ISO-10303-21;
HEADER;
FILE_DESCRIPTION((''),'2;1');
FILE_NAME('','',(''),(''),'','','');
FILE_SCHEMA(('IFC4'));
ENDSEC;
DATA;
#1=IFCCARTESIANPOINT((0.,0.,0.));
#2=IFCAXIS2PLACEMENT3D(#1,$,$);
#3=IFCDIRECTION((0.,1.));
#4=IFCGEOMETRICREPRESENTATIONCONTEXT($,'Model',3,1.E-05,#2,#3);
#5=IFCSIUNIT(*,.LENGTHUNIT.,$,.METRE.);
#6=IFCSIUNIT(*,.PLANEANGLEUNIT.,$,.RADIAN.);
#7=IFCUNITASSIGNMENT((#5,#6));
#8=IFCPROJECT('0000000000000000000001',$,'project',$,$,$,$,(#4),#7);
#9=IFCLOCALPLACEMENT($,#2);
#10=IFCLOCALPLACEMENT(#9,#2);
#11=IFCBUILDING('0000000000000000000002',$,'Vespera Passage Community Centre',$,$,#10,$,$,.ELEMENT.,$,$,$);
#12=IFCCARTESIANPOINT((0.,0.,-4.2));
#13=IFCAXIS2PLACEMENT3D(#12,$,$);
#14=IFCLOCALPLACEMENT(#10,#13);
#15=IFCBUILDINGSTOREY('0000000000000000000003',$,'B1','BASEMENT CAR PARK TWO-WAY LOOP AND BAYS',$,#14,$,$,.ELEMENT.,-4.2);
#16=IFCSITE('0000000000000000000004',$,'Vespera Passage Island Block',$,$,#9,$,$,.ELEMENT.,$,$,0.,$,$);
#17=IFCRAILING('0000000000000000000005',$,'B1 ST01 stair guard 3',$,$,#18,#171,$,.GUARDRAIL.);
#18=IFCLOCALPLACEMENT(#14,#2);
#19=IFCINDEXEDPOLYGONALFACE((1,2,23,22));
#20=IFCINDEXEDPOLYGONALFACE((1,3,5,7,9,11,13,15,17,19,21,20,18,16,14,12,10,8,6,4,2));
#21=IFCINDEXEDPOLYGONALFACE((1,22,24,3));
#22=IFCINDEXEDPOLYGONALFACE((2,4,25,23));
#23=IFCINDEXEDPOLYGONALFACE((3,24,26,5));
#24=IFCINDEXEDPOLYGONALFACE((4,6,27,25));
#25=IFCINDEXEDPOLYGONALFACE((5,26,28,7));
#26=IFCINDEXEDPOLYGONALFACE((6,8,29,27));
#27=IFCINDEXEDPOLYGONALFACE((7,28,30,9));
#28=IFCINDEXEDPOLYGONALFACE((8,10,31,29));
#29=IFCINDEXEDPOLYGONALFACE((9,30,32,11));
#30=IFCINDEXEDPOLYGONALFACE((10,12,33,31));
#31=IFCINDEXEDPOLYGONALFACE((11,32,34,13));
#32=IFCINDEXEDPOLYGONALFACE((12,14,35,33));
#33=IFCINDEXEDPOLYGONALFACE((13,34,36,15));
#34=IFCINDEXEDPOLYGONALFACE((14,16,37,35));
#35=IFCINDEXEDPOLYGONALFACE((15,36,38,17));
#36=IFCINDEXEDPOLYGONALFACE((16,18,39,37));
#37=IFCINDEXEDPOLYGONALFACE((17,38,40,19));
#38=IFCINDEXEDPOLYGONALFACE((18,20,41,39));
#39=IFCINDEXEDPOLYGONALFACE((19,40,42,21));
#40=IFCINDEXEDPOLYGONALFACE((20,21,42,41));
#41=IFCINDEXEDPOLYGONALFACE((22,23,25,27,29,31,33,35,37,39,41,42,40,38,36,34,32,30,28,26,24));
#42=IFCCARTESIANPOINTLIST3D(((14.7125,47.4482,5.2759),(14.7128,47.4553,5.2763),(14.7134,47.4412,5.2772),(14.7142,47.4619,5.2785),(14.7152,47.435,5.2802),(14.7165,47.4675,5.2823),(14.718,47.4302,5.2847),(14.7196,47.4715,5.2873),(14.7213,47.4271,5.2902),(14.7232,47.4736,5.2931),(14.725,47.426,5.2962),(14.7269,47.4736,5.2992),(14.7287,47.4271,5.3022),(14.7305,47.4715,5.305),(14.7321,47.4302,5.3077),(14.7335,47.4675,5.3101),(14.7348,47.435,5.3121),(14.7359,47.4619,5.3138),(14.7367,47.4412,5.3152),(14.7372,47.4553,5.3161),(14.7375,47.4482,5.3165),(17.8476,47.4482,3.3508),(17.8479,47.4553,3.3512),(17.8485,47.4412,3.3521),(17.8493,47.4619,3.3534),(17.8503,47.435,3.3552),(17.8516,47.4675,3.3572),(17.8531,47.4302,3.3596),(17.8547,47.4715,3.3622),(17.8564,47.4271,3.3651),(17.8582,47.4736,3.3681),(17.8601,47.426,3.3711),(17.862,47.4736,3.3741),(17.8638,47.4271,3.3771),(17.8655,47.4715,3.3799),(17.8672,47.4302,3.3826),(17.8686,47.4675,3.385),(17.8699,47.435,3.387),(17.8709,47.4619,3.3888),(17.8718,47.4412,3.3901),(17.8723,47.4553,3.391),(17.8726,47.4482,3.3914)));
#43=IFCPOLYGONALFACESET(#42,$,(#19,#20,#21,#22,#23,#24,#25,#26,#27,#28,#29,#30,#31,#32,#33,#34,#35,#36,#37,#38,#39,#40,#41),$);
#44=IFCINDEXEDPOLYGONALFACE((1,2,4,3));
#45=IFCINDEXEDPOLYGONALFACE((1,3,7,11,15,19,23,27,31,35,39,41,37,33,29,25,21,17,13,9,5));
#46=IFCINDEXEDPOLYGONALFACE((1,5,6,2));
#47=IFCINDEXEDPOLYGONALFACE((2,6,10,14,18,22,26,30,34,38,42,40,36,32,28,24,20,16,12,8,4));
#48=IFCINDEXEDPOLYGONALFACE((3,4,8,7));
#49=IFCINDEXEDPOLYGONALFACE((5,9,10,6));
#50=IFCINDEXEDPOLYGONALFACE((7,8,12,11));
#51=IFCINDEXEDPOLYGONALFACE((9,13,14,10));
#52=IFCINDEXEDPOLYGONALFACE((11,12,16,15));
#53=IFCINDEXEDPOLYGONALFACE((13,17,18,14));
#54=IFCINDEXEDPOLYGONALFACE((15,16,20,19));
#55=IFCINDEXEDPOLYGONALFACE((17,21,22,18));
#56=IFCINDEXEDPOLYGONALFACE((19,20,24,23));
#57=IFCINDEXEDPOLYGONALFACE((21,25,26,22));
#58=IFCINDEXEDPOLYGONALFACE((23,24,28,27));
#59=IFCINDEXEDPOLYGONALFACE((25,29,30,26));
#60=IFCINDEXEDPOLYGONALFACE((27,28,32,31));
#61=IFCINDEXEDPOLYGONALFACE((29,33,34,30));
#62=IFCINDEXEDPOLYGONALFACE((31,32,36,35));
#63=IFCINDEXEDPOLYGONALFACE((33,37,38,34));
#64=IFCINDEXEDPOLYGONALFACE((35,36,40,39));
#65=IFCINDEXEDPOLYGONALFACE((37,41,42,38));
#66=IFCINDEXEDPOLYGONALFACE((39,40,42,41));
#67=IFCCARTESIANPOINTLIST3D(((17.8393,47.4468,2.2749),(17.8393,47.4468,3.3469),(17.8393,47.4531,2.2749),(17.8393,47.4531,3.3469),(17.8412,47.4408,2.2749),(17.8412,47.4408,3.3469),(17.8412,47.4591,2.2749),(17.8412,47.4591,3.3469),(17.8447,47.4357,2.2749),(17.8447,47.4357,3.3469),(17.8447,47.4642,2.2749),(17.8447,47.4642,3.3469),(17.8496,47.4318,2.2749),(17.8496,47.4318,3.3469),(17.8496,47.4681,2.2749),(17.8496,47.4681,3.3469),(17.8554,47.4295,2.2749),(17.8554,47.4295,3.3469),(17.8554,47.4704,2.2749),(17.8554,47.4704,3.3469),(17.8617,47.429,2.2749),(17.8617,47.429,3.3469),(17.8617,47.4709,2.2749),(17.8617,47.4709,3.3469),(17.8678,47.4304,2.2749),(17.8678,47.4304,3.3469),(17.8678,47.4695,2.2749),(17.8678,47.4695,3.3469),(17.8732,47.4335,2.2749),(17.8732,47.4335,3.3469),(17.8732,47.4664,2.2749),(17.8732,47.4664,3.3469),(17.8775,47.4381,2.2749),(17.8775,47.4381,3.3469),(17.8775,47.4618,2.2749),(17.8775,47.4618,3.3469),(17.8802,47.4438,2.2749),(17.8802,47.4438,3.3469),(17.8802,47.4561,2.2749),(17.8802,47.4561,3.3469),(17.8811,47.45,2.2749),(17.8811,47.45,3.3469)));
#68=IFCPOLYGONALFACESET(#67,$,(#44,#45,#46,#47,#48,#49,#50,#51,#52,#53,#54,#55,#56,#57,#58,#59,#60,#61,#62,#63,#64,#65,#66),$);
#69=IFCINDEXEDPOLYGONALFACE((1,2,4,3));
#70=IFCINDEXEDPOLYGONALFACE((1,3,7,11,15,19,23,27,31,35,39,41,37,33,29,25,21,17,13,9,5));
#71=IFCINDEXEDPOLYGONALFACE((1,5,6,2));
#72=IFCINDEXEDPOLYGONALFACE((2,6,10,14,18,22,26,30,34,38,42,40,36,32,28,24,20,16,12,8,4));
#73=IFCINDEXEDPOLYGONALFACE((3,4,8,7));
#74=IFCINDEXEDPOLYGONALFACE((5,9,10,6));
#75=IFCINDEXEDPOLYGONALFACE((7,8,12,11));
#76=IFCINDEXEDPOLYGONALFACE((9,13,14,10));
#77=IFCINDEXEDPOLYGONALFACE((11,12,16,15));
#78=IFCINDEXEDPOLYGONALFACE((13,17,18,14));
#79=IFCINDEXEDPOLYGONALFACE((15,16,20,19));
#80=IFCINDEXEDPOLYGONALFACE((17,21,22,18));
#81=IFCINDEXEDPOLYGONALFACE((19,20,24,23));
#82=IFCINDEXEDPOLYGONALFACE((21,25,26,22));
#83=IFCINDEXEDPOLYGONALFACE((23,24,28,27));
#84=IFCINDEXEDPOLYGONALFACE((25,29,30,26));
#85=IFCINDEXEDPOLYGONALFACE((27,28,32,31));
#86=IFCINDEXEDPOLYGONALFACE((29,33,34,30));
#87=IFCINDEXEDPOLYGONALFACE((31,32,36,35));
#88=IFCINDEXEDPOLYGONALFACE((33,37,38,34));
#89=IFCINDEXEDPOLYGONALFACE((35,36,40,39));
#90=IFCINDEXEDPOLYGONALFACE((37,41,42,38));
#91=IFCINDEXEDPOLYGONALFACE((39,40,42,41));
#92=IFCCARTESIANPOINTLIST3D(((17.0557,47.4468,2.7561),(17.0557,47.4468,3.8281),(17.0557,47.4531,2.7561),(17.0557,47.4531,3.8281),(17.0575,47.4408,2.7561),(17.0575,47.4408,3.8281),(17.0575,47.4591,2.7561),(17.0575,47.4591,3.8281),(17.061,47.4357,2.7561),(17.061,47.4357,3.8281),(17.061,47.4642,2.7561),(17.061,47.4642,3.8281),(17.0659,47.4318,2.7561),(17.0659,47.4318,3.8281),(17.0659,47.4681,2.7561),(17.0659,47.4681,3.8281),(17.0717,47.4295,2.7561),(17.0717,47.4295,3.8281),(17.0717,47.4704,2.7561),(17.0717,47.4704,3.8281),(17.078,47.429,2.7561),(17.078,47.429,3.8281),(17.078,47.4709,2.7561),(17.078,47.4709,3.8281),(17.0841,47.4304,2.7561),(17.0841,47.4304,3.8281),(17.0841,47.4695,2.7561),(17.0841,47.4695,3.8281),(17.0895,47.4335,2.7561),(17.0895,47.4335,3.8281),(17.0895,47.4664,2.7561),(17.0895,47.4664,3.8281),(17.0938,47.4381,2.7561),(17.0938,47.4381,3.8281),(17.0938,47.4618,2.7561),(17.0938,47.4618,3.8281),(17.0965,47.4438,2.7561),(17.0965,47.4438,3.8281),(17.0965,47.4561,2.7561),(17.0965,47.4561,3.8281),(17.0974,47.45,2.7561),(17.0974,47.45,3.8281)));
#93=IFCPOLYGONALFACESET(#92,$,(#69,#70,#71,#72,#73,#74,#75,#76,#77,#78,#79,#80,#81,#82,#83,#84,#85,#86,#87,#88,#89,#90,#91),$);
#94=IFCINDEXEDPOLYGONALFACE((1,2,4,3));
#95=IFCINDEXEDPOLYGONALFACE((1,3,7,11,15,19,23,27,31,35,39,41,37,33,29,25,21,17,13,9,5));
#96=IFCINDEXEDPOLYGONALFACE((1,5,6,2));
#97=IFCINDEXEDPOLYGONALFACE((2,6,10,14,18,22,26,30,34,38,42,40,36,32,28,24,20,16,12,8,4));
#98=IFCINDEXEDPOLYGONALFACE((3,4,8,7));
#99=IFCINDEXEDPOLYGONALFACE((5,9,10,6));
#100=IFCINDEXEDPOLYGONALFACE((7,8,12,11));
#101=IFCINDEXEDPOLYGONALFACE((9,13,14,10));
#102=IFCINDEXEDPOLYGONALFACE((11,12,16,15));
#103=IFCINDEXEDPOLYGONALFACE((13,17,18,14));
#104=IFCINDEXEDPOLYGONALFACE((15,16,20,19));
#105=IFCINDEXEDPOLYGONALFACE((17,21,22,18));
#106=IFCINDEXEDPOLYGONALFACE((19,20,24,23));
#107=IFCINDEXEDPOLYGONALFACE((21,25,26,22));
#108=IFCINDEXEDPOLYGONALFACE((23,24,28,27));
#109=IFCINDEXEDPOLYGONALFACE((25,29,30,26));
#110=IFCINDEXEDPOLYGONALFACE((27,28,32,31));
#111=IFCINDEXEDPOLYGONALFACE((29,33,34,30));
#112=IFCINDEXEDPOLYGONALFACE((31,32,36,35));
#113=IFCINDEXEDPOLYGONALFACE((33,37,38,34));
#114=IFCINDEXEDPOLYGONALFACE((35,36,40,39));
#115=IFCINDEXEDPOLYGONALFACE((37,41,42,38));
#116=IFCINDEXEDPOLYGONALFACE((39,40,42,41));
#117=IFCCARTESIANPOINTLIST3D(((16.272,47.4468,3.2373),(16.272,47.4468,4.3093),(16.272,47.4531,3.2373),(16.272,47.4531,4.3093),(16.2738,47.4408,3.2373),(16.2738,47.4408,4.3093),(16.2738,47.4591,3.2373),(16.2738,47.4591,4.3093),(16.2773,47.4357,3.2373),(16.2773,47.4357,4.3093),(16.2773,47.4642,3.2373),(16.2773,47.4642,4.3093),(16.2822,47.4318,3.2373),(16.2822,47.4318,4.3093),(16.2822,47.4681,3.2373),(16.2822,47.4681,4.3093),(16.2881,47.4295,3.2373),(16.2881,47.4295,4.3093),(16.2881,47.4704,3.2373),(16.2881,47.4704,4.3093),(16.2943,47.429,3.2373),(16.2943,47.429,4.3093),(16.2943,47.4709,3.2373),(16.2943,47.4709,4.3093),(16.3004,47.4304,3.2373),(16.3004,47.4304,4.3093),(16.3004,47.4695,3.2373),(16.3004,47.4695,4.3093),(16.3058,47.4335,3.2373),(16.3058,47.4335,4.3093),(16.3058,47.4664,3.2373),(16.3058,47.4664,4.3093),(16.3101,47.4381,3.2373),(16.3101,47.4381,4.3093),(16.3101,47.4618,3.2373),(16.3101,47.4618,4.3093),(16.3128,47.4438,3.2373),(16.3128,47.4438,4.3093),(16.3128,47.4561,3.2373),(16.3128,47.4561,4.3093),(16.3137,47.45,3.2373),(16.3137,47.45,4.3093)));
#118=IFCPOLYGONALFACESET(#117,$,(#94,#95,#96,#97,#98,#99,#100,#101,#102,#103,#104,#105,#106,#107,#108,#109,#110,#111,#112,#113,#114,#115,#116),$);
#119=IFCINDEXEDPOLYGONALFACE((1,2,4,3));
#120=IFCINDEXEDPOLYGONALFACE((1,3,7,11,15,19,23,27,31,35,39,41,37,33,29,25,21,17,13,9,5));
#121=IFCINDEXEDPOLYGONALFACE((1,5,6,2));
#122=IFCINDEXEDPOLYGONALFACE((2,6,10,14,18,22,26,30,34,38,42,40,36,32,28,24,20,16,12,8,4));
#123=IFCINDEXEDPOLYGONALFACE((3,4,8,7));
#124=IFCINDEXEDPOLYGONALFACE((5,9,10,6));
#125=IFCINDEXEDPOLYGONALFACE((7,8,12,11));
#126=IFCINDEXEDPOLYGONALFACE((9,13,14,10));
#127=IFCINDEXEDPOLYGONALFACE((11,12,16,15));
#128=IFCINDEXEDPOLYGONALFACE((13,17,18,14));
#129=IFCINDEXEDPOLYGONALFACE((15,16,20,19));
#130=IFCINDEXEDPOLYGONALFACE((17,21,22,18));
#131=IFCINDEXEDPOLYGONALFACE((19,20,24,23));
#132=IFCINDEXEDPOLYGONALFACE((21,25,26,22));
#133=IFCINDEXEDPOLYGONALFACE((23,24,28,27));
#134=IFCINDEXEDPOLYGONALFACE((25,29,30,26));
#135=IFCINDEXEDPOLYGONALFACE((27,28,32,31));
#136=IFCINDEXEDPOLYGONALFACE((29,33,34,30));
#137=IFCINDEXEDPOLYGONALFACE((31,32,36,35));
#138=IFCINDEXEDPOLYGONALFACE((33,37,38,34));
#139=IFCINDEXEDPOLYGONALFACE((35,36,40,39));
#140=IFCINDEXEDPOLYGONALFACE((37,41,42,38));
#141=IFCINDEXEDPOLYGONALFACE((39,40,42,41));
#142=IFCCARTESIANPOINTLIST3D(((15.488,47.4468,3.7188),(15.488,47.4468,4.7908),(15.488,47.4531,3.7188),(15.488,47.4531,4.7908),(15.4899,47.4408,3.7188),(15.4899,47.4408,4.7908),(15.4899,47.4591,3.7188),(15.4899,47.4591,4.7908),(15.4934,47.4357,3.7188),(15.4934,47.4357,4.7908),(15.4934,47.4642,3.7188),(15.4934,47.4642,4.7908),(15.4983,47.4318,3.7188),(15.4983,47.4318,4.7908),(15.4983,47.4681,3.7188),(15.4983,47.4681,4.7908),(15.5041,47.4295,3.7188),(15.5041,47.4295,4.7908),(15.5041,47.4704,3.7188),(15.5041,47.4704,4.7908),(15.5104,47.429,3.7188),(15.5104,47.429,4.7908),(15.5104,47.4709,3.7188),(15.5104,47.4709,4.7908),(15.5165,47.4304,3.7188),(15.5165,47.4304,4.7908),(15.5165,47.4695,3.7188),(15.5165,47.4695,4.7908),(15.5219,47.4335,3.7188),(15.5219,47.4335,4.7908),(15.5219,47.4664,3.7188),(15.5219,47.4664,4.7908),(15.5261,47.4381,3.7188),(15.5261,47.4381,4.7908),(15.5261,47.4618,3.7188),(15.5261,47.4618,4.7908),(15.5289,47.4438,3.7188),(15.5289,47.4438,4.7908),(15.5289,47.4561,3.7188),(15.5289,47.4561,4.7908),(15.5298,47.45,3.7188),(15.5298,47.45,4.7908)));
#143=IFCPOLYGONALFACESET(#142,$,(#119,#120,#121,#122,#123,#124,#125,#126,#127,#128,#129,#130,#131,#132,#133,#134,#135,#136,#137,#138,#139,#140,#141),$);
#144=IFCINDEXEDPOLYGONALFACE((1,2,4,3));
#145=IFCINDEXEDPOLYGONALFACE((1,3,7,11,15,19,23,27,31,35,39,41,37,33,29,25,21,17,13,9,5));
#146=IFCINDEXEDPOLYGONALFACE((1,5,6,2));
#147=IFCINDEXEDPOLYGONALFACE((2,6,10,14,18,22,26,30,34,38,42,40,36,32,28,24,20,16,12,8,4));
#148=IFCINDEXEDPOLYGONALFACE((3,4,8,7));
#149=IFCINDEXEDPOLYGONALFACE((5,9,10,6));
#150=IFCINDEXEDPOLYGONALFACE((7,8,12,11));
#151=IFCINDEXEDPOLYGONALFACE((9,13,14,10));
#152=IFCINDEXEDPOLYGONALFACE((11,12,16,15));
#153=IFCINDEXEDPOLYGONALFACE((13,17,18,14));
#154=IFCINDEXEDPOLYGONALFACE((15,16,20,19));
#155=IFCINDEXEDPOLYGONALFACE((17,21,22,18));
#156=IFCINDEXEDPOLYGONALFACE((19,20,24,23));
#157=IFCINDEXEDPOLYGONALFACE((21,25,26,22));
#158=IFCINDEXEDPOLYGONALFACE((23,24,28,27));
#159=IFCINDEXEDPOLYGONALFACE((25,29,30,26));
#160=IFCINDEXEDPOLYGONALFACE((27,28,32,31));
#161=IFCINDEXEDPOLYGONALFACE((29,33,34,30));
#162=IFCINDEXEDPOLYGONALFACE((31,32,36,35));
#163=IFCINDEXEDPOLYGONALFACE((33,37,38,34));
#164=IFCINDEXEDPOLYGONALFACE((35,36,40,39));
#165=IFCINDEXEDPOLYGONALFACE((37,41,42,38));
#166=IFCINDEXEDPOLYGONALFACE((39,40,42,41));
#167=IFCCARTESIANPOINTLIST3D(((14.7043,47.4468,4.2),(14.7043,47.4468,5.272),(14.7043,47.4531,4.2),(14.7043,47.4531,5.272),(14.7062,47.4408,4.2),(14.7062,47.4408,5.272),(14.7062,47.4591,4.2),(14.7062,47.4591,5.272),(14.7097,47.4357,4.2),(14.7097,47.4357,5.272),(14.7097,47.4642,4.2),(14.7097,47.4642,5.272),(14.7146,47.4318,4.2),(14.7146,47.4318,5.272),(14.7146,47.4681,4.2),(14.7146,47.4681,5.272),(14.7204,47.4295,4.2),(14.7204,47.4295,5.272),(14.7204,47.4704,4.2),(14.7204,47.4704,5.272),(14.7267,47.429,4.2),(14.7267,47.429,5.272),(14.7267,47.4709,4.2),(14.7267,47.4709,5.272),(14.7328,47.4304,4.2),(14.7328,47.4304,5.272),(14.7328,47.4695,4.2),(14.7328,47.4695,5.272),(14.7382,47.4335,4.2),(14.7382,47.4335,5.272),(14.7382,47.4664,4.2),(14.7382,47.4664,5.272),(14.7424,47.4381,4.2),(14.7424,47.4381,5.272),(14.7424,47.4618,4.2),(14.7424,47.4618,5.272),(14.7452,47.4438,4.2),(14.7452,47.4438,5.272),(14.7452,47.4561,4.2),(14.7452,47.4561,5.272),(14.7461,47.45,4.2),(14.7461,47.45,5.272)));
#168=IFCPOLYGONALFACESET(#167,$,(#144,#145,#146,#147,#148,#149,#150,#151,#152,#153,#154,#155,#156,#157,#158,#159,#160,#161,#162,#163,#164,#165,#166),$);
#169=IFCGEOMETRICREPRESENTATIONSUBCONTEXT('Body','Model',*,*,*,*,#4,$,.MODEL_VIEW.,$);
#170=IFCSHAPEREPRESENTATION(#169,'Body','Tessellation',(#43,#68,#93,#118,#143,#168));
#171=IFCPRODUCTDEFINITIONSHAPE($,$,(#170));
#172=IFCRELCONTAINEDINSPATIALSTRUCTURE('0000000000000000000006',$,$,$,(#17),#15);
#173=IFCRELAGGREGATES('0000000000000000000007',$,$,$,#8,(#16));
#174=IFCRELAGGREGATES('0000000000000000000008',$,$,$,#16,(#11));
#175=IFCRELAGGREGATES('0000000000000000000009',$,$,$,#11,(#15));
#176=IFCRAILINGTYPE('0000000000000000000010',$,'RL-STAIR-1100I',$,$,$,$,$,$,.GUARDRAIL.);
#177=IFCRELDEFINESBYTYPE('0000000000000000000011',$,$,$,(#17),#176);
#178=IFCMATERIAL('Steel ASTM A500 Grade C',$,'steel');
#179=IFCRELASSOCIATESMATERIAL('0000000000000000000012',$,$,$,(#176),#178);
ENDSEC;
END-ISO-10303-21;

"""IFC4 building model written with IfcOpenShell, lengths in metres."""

from ifc_helpers import new_model, si_unit, direction, frame, origin, origin_2d, place, context, subcontext, project, spatial, circle, extrude, material, type_object, element, save


model = new_model("IFC4")

# Units and contexts
model_context = context("Model", 3, precision=1e-05, world=origin(), true_north=direction((0.0, 1.0)))
body_context = subcontext(model_context, "Body", "Model", "MODEL_VIEW")
ifc_project = project(units=[si_unit("LENGTHUNIT", "METRE"), si_unit("PLANEANGLEUNIT", "RADIAN")], contexts=[model_context])

# Site, building, storey
site_placement = place(None, origin())
site = spatial("IfcSite", under=ifc_project, at=site_placement, Name="Vespera Passage Island Block", CompositionType="ELEMENT", RefElevation=0.0)
building_placement = place(site_placement, origin())
building = spatial("IfcBuilding", under=site, at=building_placement, Name="Vespera Passage Community Centre", CompositionType="ELEMENT")
storey_placement = place(building_placement, frame((0.0, 0.0, -4.2)))
storey = spatial("IfcBuildingStorey", under=building, at=storey_placement, Name="B1", Description="BASEMENT CAR PARK TWO-WAY LOOP AND BAYS", CompositionType="ELEMENT", Elevation=-4.2)

# Railing
ifc_material_1 = material(Name="Steel ASTM A500 Grade C", Category="steel")
railing_type_1 = type_object("IfcRailingType", Name="RL-STAIR-1100I", PredefinedType="GUARDRAIL", material=ifc_material_1)
railing_1_placement = place(storey_placement, frame((17.8601, 47.45, 2.2749)))
element("IfcRailing", 1, at=railing_1_placement, inside=storey, type_object=railing_type_1, Name="B1 ST01 stair guard 3", PredefinedType="GUARDRAIL", context=body_context, shape_type="SweptSolid", body=[
    extrude(circle(Radius=0.0239, at=origin_2d()), frame((0.0, 0.0, 1.0962), z_axis=(-0.852166, 0.0, 0.523271), x_axis=(0.0, -1.0, 0.0)), (0.0, 0.0, 1.0), 3.679),
    extrude(circle(Radius=0.021, at=origin_2d()), origin(), (0.0, 0.0, 1.0), 1.072),
    extrude(circle(Radius=0.021, at=origin_2d()), frame((-0.7837, 0.0, 0.4812)), (0.0, 0.0, 1.0), 1.072),
    extrude(circle(Radius=0.021, at=origin_2d()), frame((-1.5674, 0.0, 0.9624)), (0.0, 0.0, 1.0), 1.072),
    extrude(circle(Radius=0.021, at=origin_2d()), frame((-2.3513, 0.0, 1.4438)), (0.0, 0.0, 1.0), 1.072),
    extrude(circle(Radius=0.021, at=origin_2d()), frame((-3.135, 0.0, 1.925)), (0.0, 0.0, 1.0), 1.072),
])

save(model, "model.ifc")
